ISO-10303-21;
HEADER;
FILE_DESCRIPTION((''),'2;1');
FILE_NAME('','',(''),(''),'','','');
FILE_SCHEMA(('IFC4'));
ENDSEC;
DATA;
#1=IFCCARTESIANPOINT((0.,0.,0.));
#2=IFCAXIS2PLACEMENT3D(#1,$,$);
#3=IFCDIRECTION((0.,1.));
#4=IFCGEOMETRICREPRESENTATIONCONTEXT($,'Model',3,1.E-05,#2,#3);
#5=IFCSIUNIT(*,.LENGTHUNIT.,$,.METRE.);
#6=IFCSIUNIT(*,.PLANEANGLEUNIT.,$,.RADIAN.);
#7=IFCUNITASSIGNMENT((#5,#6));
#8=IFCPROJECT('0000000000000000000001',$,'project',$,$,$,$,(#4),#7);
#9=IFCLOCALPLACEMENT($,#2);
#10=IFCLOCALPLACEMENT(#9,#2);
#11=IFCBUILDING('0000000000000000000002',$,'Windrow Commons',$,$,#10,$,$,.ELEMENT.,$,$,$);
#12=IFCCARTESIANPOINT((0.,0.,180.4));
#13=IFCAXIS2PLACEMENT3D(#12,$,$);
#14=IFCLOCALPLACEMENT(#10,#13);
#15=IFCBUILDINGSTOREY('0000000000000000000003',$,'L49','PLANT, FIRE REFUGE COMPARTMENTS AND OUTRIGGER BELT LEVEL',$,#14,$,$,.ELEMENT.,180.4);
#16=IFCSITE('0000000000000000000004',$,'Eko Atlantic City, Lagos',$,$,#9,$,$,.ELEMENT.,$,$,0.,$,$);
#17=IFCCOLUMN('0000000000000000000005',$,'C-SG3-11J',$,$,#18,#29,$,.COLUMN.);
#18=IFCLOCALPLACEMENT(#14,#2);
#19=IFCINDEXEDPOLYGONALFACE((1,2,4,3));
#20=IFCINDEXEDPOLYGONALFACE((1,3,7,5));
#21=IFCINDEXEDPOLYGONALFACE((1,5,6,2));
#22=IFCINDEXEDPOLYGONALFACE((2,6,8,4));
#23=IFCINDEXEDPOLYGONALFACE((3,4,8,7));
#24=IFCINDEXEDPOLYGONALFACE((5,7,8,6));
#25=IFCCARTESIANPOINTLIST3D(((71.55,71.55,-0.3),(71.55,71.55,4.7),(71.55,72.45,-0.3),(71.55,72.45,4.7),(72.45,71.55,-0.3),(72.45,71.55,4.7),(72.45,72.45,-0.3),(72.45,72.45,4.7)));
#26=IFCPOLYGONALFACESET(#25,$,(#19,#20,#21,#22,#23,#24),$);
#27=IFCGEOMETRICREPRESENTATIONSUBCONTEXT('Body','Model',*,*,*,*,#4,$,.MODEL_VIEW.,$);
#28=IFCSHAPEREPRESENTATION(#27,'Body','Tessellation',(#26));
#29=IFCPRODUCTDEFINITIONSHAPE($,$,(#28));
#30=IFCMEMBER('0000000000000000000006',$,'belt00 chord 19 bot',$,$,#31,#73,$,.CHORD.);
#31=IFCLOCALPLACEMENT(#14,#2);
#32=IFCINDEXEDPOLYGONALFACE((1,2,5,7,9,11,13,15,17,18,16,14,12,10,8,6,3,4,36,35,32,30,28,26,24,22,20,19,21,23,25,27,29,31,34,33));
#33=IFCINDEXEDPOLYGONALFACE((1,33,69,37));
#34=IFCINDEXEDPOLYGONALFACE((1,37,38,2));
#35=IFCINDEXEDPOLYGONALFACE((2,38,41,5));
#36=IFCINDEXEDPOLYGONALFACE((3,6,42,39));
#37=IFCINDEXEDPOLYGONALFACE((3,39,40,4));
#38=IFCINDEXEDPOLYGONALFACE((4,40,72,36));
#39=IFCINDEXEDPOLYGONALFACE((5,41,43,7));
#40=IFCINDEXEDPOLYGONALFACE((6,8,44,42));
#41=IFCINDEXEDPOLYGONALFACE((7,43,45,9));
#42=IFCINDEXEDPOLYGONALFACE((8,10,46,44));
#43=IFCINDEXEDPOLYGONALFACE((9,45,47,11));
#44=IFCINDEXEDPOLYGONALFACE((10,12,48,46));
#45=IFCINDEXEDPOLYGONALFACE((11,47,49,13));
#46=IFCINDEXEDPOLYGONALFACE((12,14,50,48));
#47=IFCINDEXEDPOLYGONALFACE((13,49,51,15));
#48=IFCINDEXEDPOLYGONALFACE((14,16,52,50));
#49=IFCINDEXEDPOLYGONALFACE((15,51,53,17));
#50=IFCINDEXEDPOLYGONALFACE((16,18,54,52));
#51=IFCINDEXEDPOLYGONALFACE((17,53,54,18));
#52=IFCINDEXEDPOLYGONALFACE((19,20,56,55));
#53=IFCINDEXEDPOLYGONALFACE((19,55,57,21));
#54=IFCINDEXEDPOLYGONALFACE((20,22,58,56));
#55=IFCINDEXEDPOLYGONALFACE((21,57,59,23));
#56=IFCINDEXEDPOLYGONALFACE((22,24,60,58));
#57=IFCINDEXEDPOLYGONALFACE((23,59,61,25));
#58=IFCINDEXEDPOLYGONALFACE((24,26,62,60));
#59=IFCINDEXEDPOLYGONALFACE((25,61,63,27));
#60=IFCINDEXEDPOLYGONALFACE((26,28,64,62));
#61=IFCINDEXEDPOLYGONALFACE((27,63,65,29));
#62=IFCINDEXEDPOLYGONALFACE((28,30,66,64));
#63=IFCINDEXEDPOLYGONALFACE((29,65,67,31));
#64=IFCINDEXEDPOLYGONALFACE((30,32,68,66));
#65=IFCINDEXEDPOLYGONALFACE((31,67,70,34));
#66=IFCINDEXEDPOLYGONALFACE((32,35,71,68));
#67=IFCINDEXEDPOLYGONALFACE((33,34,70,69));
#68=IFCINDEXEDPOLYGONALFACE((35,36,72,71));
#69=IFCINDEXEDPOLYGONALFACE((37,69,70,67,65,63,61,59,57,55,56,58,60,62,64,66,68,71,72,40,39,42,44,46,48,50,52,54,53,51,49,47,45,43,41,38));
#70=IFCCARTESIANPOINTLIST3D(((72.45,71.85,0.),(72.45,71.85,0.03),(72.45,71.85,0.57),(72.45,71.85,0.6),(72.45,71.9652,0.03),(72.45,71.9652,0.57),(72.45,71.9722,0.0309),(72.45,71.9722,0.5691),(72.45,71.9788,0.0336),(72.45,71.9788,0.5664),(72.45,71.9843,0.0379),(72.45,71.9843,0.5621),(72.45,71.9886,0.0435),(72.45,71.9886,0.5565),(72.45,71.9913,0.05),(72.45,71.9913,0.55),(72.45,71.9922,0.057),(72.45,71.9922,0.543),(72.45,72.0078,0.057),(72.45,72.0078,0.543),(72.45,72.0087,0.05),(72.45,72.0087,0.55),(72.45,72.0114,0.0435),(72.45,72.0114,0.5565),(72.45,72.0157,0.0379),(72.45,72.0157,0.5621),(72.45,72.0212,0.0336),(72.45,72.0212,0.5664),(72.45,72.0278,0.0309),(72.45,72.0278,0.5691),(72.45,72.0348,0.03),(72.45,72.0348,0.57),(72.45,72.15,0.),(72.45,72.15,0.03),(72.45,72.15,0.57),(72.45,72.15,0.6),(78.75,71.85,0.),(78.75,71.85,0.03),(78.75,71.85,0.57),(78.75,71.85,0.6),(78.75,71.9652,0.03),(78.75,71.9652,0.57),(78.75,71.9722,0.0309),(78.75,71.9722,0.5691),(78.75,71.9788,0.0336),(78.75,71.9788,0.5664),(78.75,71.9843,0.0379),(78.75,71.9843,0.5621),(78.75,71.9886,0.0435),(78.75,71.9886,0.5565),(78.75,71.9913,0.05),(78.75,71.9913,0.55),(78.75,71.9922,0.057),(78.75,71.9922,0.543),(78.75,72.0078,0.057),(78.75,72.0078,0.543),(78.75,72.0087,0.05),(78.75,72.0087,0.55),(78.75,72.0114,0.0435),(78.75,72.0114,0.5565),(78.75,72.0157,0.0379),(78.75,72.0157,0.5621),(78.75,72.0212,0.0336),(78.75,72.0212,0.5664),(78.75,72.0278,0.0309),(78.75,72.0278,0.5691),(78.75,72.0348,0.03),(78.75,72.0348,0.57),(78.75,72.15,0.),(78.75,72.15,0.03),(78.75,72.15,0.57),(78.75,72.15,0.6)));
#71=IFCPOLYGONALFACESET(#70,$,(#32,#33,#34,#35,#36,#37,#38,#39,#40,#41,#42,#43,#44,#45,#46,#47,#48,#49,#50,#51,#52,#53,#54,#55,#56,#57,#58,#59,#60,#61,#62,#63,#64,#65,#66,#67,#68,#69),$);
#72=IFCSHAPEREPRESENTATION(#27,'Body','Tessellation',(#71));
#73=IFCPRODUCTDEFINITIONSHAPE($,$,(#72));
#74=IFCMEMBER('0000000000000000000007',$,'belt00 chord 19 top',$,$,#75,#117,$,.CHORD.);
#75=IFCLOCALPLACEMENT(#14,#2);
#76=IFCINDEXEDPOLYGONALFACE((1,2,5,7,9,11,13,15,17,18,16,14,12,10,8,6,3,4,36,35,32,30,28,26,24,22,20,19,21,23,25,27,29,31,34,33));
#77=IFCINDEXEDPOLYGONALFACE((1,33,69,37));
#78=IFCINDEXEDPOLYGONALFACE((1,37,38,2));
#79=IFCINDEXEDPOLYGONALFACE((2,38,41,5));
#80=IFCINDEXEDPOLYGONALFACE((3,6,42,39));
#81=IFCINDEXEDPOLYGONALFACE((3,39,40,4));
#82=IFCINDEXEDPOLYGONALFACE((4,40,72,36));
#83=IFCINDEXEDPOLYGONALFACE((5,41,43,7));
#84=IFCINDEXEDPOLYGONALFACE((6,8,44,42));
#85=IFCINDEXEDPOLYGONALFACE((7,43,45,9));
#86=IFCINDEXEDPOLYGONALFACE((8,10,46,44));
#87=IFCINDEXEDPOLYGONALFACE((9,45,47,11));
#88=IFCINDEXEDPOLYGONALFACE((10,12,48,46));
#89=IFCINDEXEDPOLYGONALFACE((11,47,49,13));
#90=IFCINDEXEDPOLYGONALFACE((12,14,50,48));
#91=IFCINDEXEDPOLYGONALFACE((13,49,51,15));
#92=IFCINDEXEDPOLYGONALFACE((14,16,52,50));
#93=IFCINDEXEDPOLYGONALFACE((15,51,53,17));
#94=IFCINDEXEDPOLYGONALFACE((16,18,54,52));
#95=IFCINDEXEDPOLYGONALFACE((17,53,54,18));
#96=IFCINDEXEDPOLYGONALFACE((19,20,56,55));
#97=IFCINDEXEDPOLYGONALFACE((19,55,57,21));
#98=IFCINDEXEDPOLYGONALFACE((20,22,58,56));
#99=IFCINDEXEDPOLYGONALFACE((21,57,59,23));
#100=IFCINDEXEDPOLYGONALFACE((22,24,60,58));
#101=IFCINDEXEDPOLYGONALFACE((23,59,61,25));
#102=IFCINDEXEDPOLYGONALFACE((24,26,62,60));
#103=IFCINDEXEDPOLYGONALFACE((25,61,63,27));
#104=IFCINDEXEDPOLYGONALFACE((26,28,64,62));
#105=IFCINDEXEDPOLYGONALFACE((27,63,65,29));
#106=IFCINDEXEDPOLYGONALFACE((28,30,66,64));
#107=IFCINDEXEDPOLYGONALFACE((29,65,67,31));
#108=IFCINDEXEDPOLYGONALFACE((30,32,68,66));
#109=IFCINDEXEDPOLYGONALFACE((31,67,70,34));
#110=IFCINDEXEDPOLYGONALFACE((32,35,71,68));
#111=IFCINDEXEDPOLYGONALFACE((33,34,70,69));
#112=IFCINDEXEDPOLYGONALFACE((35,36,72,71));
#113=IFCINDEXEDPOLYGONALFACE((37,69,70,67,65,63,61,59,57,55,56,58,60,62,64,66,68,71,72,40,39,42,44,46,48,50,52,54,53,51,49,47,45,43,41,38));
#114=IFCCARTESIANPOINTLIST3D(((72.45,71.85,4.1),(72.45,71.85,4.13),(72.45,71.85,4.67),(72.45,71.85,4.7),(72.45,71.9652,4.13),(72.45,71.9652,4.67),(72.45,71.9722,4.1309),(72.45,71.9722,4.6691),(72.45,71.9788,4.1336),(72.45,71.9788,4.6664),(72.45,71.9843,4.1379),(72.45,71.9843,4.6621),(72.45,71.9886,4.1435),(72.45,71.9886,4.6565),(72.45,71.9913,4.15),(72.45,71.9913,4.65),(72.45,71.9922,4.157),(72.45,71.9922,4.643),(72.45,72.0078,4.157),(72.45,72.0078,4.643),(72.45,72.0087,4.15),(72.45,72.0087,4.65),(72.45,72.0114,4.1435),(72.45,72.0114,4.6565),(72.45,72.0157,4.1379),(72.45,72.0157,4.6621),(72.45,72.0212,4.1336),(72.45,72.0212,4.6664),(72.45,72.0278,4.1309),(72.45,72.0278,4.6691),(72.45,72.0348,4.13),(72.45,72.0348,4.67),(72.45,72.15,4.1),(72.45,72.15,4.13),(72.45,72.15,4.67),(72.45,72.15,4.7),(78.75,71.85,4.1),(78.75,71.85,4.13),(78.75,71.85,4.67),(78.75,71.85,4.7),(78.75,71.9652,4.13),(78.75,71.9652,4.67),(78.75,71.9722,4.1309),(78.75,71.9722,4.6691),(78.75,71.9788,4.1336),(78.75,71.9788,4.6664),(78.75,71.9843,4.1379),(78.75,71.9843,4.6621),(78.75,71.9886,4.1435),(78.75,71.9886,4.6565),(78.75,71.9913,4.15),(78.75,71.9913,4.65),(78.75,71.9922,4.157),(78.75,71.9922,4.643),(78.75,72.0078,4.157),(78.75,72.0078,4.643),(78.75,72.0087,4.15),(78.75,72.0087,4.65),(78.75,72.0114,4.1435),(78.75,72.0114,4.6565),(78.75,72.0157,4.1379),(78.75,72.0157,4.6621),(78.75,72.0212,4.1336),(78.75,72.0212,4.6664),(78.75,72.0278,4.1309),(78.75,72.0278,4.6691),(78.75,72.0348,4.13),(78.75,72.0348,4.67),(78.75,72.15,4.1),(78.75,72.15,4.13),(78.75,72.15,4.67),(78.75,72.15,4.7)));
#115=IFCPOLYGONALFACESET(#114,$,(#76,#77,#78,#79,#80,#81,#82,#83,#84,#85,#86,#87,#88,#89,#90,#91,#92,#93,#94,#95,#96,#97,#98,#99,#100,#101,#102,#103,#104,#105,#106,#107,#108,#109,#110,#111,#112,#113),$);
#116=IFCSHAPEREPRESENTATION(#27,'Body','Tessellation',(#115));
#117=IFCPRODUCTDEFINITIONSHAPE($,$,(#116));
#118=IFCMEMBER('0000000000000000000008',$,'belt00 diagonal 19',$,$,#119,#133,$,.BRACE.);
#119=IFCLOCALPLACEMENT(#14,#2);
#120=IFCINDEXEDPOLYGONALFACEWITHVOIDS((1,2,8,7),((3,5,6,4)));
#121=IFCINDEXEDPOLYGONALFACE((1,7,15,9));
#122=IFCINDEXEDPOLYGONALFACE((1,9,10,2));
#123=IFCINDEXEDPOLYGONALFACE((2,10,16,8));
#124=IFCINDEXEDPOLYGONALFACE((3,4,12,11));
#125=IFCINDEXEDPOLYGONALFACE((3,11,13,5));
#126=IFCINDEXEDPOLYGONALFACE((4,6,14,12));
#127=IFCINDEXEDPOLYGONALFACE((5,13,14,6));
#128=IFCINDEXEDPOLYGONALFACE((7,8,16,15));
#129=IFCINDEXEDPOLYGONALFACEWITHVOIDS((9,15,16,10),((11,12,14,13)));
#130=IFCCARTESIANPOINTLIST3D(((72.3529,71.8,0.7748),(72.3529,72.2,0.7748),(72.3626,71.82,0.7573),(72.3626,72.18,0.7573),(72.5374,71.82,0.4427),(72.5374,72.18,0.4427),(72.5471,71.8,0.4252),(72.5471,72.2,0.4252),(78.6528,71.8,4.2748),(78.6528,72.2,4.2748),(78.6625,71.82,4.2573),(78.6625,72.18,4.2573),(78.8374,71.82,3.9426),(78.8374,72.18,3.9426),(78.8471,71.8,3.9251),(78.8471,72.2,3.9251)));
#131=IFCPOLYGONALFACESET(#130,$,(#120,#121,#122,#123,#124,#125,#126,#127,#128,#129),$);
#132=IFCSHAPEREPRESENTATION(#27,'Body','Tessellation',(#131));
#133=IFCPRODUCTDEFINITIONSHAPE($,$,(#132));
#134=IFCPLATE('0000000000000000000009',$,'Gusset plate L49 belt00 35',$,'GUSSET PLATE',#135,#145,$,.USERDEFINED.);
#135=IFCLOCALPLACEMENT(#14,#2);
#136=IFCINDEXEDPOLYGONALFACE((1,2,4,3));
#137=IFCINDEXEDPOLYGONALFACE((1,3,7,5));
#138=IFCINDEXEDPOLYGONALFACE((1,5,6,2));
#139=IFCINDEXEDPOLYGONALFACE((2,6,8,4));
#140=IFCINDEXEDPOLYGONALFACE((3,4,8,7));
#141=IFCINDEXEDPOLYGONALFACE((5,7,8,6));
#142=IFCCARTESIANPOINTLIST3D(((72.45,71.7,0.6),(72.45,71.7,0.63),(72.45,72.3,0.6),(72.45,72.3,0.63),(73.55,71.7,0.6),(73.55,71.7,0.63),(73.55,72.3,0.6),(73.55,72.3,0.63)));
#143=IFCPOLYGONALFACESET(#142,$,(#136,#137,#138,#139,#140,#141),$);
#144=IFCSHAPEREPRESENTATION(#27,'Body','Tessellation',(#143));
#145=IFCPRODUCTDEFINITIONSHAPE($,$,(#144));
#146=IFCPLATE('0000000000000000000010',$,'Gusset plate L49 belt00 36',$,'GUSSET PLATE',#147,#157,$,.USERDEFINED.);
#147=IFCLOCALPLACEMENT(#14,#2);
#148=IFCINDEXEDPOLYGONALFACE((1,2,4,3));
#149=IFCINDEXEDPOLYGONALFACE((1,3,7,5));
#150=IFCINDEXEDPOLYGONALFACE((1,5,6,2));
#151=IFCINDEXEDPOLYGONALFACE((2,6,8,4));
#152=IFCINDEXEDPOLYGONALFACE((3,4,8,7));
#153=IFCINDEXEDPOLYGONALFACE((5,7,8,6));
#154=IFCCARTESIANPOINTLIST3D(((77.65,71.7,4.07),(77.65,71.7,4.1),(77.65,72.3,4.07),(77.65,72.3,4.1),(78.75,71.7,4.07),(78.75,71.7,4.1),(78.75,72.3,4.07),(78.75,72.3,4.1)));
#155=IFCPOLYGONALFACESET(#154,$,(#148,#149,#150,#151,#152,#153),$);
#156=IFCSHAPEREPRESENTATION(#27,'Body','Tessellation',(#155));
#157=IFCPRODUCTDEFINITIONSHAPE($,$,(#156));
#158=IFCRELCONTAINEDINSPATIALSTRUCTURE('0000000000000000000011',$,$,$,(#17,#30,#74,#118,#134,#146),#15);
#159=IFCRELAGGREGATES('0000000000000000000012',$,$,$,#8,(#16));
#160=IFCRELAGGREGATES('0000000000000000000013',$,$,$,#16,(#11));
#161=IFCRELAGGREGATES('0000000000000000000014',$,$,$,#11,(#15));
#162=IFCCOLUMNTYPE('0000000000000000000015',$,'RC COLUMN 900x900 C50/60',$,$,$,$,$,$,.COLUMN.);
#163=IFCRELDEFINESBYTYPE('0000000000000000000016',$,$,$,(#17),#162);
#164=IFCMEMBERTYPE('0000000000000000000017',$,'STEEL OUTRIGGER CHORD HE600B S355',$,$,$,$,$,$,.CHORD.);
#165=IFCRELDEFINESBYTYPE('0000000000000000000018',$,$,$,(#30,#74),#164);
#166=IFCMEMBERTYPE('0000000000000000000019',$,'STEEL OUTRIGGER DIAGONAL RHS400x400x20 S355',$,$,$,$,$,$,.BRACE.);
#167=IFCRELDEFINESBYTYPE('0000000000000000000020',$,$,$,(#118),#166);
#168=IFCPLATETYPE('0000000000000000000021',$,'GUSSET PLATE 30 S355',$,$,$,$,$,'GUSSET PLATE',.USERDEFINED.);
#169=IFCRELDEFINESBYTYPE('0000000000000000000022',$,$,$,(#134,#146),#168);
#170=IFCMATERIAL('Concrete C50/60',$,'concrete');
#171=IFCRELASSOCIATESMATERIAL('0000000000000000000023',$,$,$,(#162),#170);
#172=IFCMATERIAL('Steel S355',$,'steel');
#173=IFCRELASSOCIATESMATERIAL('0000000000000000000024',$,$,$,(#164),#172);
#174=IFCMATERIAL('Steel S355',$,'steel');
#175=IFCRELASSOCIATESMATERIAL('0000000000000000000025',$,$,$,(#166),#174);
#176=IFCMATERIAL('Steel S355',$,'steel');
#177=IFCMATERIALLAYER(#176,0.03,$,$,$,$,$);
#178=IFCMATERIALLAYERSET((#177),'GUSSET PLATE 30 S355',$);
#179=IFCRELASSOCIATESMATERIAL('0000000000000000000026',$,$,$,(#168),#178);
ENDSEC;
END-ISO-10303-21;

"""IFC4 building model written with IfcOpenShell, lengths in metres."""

from ifc_helpers import new_model, si_unit, direction, frame, origin, origin_2d, place, context, subcontext, project, spatial, rectangle, hollow_rectangle, i_section, extrude, material, layer, layer_set, material_profile, profile_set, type_object, element, save


model = new_model("IFC4")

# Units and contexts
model_context = context("Model", 3, precision=1e-05, world=origin(), true_north=direction((0.0, 1.0)))
body_context = subcontext(model_context, "Body", "Model", "MODEL_VIEW")
ifc_project = project(units=[si_unit("LENGTHUNIT", "METRE"), si_unit("PLANEANGLEUNIT", "RADIAN")], contexts=[model_context])

# Site, building, storey
site_placement = place(None, origin())
site = spatial("IfcSite", under=ifc_project, at=site_placement, Name="Eko Atlantic City, Lagos", CompositionType="ELEMENT", RefElevation=0.0)
building_placement = place(site_placement, origin())
building = spatial("IfcBuilding", under=site, at=building_placement, Name="Windrow Commons", CompositionType="ELEMENT")
storey_placement = place(building_placement, frame((0.0, 0.0, 180.4)))
storey = spatial("IfcBuildingStorey", under=building, at=storey_placement, Name="L49", Description="PLANT, FIRE REFUGE COMPARTMENTS AND OUTRIGGER BELT LEVEL", CompositionType="ELEMENT", Elevation=180.4)

# Column
ifc_material_1 = material(Name="Concrete C50/60", Category="concrete")
ifc_material_profile_1 = material_profile(ifc_material_1, rectangle(XDim=0.9, YDim=0.9, at=origin_2d()))
ifc_profile_set_1 = profile_set([ifc_material_profile_1], Name="Concrete C50/60")
column_type = type_object("IfcColumnType", Name="RC COLUMN 900x900 C50/60", PredefinedType="COLUMN", material=ifc_profile_set_1)
column_placement = place(storey_placement, frame((72.0, 72.0, -0.3), z_axis=(0.0, 0.0, 1.0), x_axis=(1.0, 0.0, 0.0)))
element("IfcColumn", 1, at=column_placement, inside=storey, type_object=column_type, Name="C-SG3-11J", PredefinedType="COLUMN", context=body_context, shape_type="SweptSolid", body=[
    extrude(rectangle(XDim=0.9, YDim=0.9, at=origin_2d()), origin(), (0.0, 0.0, 1.0), 5.0),
])

# Members
ifc_material_2 = material(Name="Steel S355", Category="steel")
ifc_material_profile_2 = material_profile(ifc_material_2, i_section(OverallWidth=0.3, OverallDepth=0.6, WebThickness=0.0155, FlangeThickness=0.03, FilletRadius=0.027, at=origin_2d()))
ifc_profile_set_2 = profile_set([ifc_material_profile_2], Name="Steel S355")
member_type_1 = type_object("IfcMemberType", Name="STEEL OUTRIGGER CHORD HE600B S355", PredefinedType="CHORD", material=ifc_profile_set_2)
for number, where, z_axis, x_axis, name in (
    (2, (72.45, 72.0, 0.3), (1.0, 0.0, 0.0), (0.0, 1.0, 0.0), "belt00 chord 19 bot"),
    (3, (72.45, 72.0, 4.4), (1.0, 0.0, 0.0), (0.0, 1.0, 0.0), "belt00 chord 19 top"),
):
    element("IfcMember", number, at=place(storey_placement, frame(where, z_axis=z_axis, x_axis=x_axis)), inside=storey, type_object=member_type_1, Name=name, PredefinedType="CHORD", context=body_context, shape_type="SweptSolid", body=[
        extrude(i_section(OverallWidth=0.3, OverallDepth=0.6, WebThickness=0.0155, FlangeThickness=0.03, FilletRadius=0.027, at=origin_2d()), origin(), (0.0, 0.0, 1.0), 6.3),
    ])
ifc_material_3 = material(Name="Steel S355", Category="steel")
ifc_material_profile_3 = material_profile(ifc_material_3, hollow_rectangle(XDim=0.4, YDim=0.4, WallThickness=0.02, at=origin_2d()))
ifc_profile_set_3 = profile_set([ifc_material_profile_3], Name="Steel S355")
member_type_2 = type_object("IfcMemberType", Name="STEEL OUTRIGGER DIAGONAL RHS400x400x20 S355", PredefinedType="BRACE", material=ifc_profile_set_3)
member_placement = place(storey_placement, frame((72.45, 72.0, 0.6), z_axis=(0.874157, 0.0, 0.485643), x_axis=(0.0, 1.0, 0.0)))
element("IfcMember", 4, at=member_placement, inside=storey, type_object=member_type_2, Name="belt00 diagonal 19", PredefinedType="BRACE", context=body_context, shape_type="SweptSolid", body=[
    extrude(hollow_rectangle(XDim=0.4, YDim=0.4, WallThickness=0.02, at=origin_2d()), origin(), (0.0, 0.0, 1.0), 7.2069),
])

# Plates
ifc_material_4 = material(Name="Steel S355", Category="steel")
ifc_layer = layer(ifc_material_4, 0.03)
ifc_layer_set = layer_set([ifc_layer], Name="GUSSET PLATE 30 S355")
plate_type = type_object("IfcPlateType", Name="GUSSET PLATE 30 S355", ElementType="GUSSET PLATE", PredefinedType="USERDEFINED", material=ifc_layer_set)
for number, where, z_axis, x_axis, name in (
    (5, (73.0, 72.0, 0.6), (0.0, 0.0, 1.0), (1.0, 0.0, 0.0), "Gusset plate L49 belt00 35"),
    (6, (78.2, 72.0, 4.07), (0.0, 0.0, 1.0), (1.0, 0.0, 0.0), "Gusset plate L49 belt00 36"),
):
    element("IfcPlate", number, at=place(storey_placement, frame(where, z_axis=z_axis, x_axis=x_axis)), inside=storey, type_object=plate_type, Name=name, ObjectType="GUSSET PLATE", PredefinedType="USERDEFINED", context=body_context, shape_type="SweptSolid", body=[
        extrude(rectangle(XDim=1.1, YDim=0.6, at=origin_2d()), origin(), (0.0, 0.0, 1.0), 0.03),
    ])

save(model, "model.ifc")
